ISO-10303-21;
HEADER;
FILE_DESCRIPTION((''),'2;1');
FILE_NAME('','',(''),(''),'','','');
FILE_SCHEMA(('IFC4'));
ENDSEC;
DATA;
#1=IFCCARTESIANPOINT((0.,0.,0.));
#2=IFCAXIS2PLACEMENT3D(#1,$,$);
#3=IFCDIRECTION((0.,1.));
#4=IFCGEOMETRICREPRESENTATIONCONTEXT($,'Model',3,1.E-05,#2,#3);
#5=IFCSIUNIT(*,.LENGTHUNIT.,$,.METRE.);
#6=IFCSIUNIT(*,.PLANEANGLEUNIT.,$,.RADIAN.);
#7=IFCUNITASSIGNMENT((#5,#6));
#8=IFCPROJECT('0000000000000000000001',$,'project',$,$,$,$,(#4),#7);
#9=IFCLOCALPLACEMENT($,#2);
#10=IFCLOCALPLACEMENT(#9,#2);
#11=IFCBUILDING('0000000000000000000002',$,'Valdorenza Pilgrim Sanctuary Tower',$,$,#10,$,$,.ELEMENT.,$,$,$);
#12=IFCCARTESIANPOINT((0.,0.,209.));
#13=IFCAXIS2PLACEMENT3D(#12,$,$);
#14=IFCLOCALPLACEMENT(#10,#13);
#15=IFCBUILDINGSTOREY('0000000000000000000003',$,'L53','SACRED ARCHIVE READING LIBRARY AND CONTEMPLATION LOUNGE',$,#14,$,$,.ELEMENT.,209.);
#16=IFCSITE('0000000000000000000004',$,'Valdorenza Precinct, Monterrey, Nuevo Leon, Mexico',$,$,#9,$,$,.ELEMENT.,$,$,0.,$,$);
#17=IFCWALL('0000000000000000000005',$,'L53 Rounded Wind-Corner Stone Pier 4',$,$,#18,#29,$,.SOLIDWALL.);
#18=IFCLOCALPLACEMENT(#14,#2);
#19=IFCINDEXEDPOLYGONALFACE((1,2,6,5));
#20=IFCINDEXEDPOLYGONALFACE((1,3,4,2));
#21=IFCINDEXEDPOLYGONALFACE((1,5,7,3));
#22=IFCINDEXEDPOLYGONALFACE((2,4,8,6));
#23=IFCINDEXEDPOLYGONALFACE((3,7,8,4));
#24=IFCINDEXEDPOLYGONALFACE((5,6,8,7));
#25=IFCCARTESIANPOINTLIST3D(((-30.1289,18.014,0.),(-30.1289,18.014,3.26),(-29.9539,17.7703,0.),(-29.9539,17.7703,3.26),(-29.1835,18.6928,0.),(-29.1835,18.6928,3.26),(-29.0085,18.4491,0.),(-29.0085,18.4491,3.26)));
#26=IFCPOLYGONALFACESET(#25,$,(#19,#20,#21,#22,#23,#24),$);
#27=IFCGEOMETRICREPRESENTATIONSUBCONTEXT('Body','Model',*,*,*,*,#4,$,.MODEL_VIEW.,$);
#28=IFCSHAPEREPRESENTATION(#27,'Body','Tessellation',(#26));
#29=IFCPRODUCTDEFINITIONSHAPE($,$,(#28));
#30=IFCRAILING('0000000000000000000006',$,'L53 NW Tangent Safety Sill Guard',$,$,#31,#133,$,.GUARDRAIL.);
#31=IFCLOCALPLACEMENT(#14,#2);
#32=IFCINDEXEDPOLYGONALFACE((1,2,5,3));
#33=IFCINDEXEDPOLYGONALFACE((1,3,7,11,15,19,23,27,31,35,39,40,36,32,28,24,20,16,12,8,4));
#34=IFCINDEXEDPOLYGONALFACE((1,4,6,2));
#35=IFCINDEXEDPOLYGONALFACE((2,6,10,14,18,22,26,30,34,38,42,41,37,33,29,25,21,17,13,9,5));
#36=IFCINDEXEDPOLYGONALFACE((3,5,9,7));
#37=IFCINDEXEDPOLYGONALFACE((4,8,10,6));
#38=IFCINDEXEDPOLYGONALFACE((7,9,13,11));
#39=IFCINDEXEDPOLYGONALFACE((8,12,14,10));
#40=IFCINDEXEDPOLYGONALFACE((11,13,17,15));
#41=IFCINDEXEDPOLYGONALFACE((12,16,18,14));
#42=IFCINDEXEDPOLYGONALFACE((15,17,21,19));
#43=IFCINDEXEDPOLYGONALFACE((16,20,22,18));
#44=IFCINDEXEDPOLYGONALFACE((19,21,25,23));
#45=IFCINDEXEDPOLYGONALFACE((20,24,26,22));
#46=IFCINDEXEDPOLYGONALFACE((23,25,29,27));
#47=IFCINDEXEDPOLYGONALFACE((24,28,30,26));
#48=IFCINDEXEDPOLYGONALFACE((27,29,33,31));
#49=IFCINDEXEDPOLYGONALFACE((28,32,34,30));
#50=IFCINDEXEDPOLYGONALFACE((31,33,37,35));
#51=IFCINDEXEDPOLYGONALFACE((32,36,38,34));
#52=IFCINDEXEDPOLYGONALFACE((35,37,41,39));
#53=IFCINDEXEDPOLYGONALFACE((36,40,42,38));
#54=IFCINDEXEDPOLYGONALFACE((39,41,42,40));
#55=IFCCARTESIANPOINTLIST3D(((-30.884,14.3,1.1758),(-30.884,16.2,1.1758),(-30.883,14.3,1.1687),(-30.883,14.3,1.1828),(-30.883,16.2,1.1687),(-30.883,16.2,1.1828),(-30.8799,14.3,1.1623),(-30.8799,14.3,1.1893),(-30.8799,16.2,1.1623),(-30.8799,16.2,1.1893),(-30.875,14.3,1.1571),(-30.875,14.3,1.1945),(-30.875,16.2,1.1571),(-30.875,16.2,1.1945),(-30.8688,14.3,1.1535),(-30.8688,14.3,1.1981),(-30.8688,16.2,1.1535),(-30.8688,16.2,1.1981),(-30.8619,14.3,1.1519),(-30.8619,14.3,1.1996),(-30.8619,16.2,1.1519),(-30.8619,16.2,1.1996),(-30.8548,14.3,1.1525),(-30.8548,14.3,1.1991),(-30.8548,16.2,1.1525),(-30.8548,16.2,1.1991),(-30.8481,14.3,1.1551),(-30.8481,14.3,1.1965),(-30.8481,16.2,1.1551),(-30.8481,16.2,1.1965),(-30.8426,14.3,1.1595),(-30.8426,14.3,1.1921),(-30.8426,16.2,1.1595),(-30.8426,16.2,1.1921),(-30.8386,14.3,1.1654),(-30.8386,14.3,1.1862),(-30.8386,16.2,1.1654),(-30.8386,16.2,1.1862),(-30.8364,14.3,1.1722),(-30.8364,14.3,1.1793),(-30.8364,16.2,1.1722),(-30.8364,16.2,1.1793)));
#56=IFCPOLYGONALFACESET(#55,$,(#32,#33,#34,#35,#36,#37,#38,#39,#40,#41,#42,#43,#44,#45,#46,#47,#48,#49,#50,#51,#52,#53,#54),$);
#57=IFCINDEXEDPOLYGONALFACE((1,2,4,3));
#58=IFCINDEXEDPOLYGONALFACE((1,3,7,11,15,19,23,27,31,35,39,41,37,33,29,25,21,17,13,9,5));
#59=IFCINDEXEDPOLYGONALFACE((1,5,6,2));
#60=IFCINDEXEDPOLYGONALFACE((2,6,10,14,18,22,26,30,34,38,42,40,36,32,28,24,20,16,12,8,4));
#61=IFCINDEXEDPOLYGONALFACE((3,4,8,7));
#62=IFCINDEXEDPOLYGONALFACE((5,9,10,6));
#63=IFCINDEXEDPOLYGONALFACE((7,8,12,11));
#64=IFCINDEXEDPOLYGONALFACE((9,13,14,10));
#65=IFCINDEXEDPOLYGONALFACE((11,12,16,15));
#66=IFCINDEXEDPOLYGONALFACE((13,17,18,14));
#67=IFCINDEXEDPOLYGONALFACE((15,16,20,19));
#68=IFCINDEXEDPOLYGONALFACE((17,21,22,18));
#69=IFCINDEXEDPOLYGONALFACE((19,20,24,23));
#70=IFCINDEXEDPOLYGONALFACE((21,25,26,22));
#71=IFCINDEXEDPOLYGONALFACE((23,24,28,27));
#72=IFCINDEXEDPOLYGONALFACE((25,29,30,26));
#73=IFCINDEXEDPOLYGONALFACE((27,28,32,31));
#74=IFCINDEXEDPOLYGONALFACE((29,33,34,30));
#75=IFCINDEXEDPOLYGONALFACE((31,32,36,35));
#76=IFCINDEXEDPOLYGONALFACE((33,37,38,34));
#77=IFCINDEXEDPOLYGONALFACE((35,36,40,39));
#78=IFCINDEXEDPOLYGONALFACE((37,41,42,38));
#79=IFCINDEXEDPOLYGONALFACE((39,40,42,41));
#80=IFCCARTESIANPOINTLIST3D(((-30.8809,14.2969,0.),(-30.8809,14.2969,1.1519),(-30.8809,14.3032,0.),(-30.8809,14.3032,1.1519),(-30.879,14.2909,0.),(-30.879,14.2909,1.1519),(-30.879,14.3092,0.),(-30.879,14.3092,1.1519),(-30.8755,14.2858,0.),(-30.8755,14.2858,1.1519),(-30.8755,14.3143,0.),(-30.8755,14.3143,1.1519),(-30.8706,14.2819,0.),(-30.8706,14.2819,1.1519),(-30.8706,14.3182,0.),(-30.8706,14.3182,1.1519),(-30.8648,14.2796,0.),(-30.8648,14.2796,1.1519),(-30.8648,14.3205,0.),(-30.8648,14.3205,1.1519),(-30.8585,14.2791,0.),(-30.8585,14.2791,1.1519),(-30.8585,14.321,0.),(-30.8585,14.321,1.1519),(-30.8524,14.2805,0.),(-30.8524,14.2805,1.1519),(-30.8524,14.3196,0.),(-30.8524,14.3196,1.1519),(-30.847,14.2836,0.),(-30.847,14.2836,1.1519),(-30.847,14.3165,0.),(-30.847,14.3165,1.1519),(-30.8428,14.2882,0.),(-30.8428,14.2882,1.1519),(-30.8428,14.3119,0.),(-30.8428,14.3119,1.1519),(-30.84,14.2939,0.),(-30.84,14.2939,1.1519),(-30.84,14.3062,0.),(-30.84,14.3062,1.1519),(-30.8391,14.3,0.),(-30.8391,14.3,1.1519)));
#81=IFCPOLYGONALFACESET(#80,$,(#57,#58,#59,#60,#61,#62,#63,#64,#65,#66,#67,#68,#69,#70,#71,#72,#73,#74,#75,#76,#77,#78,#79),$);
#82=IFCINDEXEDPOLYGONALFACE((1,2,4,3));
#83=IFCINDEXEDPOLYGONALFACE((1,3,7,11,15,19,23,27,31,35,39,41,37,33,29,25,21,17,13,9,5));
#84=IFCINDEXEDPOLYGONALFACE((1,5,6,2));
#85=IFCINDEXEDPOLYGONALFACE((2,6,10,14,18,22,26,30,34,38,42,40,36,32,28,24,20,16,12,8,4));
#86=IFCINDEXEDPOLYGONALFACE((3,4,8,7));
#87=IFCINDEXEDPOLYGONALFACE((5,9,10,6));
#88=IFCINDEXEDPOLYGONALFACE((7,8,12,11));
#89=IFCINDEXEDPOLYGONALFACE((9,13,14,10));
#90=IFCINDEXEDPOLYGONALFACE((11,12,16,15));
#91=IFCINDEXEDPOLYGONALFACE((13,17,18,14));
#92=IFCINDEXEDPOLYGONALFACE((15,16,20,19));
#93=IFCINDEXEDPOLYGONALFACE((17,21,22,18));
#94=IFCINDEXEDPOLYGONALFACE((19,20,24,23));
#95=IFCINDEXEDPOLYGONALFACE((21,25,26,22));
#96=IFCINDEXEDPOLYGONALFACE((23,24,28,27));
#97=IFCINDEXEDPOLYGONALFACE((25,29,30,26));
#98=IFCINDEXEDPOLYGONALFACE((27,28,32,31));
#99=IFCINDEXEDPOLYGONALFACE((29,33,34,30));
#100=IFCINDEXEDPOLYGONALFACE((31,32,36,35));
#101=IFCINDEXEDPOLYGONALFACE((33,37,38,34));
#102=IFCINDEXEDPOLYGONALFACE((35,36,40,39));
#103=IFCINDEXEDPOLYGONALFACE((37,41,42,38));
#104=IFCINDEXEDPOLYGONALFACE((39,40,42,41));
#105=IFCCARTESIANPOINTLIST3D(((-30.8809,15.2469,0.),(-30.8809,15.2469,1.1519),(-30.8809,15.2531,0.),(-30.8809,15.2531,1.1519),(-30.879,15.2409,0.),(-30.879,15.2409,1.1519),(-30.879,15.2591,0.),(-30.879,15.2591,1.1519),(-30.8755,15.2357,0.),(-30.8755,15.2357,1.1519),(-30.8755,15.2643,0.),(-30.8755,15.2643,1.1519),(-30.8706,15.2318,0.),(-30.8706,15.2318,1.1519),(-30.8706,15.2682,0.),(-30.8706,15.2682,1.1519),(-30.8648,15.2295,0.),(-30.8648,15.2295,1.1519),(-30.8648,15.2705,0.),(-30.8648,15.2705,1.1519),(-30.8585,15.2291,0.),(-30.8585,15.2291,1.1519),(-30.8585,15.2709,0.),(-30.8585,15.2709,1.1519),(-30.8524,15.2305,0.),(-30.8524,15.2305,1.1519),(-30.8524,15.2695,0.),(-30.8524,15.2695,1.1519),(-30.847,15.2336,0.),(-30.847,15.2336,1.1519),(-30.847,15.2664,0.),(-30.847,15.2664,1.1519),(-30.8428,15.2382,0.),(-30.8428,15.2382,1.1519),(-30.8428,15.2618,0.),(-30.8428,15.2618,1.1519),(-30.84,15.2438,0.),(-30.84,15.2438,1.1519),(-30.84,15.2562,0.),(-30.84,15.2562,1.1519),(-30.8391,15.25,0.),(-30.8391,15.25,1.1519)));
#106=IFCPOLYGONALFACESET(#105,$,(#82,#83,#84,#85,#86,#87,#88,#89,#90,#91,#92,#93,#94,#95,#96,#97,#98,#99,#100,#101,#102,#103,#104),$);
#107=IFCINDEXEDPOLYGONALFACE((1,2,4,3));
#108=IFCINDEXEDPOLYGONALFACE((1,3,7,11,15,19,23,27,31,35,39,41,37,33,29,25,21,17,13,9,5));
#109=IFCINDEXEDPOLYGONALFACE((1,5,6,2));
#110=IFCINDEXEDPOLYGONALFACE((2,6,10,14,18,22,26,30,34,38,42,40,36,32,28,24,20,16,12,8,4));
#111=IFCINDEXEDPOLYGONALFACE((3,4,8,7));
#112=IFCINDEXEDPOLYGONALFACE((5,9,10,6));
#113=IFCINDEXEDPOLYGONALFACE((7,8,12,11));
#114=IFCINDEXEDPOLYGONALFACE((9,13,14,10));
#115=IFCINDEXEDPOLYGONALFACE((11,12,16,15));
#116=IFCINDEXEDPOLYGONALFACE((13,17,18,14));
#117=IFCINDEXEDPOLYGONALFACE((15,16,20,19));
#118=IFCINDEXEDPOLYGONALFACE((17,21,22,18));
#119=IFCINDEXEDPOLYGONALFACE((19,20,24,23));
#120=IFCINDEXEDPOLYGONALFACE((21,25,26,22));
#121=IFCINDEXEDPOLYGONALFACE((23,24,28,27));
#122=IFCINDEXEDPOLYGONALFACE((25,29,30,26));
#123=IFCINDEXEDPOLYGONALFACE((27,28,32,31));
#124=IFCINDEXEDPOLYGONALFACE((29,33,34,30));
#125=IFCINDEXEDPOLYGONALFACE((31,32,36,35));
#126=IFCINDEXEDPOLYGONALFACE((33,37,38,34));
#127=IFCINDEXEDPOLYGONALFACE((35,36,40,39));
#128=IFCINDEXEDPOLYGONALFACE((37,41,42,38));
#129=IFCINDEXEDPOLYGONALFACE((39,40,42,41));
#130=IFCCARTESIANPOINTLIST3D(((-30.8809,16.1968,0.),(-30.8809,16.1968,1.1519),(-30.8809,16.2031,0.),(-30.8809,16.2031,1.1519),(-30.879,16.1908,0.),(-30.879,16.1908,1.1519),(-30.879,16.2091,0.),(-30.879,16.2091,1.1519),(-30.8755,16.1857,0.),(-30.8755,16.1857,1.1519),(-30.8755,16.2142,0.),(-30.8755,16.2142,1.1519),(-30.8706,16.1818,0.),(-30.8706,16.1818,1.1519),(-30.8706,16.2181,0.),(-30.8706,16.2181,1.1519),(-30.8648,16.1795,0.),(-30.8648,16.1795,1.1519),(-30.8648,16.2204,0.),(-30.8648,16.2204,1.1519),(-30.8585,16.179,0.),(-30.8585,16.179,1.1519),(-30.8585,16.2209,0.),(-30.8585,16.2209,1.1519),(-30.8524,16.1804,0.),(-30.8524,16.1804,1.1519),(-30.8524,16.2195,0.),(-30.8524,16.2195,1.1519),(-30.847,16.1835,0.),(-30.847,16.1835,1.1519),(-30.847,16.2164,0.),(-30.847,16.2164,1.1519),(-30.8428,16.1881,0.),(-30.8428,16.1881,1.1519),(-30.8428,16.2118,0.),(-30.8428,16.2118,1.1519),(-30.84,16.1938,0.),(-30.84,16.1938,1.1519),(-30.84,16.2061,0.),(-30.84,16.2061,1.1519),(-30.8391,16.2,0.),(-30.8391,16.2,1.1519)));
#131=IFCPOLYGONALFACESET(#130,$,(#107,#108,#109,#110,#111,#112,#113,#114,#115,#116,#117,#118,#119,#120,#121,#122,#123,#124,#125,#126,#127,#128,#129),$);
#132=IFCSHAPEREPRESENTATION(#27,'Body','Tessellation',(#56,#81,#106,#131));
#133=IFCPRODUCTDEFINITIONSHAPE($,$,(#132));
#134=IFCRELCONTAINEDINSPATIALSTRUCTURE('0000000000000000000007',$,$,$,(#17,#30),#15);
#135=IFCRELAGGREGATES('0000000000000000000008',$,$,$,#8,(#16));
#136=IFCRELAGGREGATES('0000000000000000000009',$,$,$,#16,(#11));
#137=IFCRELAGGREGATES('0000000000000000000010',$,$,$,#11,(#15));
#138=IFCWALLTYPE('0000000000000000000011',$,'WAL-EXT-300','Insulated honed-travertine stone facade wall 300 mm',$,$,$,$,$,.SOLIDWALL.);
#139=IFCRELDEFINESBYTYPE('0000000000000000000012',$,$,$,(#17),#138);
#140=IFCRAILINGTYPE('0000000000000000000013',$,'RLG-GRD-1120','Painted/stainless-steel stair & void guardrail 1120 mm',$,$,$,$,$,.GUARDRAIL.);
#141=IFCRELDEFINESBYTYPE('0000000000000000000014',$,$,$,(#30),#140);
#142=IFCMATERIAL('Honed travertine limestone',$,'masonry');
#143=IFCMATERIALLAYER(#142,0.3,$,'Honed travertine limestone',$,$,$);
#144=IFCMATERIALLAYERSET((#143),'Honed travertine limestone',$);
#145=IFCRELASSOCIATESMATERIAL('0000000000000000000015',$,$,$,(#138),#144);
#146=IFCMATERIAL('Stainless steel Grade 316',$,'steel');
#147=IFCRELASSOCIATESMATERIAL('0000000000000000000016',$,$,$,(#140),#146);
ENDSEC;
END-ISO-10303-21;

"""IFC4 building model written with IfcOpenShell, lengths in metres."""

from ifc_helpers import new_model, si_unit, direction, frame, frame_2d, origin, origin_2d, place, context, subcontext, project, spatial, rectangle, circle, extrude, material, layer, layer_set, type_object, element, save


model = new_model("IFC4")

# Units and contexts
model_context = context("Model", 3, precision=1e-05, world=origin(), true_north=direction((0.0, 1.0)))
body_context = subcontext(model_context, "Body", "Model", "MODEL_VIEW")
ifc_project = project(units=[si_unit("LENGTHUNIT", "METRE"), si_unit("PLANEANGLEUNIT", "RADIAN")], contexts=[model_context])

# Site, building, storey
site_placement = place(None, origin())
site = spatial("IfcSite", under=ifc_project, at=site_placement, Name="Valdorenza Precinct, Monterrey, Nuevo Leon, Mexico", CompositionType="ELEMENT", RefElevation=0.0)
building_placement = place(site_placement, origin())
building = spatial("IfcBuilding", under=site, at=building_placement, Name="Valdorenza Pilgrim Sanctuary Tower", CompositionType="ELEMENT")
storey_placement = place(building_placement, frame((0.0, 0.0, 209.0)))
storey = spatial("IfcBuildingStorey", under=building, at=storey_placement, Name="L53", Description="SACRED ARCHIVE READING LIBRARY AND CONTEMPLATION LOUNGE", CompositionType="ELEMENT", Elevation=209.0)

# Shared definitions
ifc_material_1 = material(Name="Honed travertine limestone", Category="masonry")

# Wall
ifc_layer_1 = layer(ifc_material_1, 0.3, Name="Honed travertine limestone")
ifc_layer_set_1 = layer_set([ifc_layer_1], Name="Honed travertine limestone")
wall_type_1 = type_object("IfcWallType", Name="WAL-EXT-300", Description="Insulated honed-travertine stone facade wall 300 mm", PredefinedType="SOLIDWALL", material=ifc_layer_set_1)
wall_1_placement = place(storey_placement, frame((-30.0415, 17.8921, 0.0), z_axis=(0.0, 0.0, 1.0), x_axis=(0.812314, 0.583221, 0.0)))
element("IfcWall", 1, at=wall_1_placement, inside=storey, type_object=wall_type_1, Name="L53 Rounded Wind-Corner Stone Pier 4", PredefinedType="SOLIDWALL", context=body_context, shape_type="SweptSolid", body=[
    extrude(rectangle(XDim=1.1638, YDim=0.3, at=frame_2d((0.582, 0.0))), origin(), (0.0, 0.0, 1.0), 3.26),
])

# Railing
ifc_material_2 = material(Name="Stainless steel Grade 316", Category="steel")
railing_type = type_object("IfcRailingType", Name="RLG-GRD-1120", Description="Painted/stainless-steel stair & void guardrail 1120 mm", PredefinedType="GUARDRAIL", material=ifc_material_2)
railing_placement = place(storey_placement, frame((-30.8601, 14.3, 0.0)))
element("IfcRailing", 2, at=railing_placement, inside=storey, type_object=railing_type, Name="L53 NW Tangent Safety Sill Guard", PredefinedType="GUARDRAIL", context=body_context, shape_type="SweptSolid", body=[
    extrude(circle(Radius=0.0239, at=origin_2d()), frame((0.0, 0.0, 1.1758), z_axis=(0.0, 1.0, 0.0), x_axis=(-1.0, 0.0, 0.0)), (0.0, 0.0, 1.0), 1.8999),
    extrude(circle(Radius=0.021, at=origin_2d()), origin(), (0.0, 0.0, 1.0), 1.1519),
    extrude(circle(Radius=0.021, at=origin_2d()), frame((0.0, 0.95, 0.0)), (0.0, 0.0, 1.0), 1.1519),
    extrude(circle(Radius=0.021, at=origin_2d()), frame((0.0, 1.8999, 0.0)), (0.0, 0.0, 1.0), 1.1519),
])

save(model, "model.ifc")
